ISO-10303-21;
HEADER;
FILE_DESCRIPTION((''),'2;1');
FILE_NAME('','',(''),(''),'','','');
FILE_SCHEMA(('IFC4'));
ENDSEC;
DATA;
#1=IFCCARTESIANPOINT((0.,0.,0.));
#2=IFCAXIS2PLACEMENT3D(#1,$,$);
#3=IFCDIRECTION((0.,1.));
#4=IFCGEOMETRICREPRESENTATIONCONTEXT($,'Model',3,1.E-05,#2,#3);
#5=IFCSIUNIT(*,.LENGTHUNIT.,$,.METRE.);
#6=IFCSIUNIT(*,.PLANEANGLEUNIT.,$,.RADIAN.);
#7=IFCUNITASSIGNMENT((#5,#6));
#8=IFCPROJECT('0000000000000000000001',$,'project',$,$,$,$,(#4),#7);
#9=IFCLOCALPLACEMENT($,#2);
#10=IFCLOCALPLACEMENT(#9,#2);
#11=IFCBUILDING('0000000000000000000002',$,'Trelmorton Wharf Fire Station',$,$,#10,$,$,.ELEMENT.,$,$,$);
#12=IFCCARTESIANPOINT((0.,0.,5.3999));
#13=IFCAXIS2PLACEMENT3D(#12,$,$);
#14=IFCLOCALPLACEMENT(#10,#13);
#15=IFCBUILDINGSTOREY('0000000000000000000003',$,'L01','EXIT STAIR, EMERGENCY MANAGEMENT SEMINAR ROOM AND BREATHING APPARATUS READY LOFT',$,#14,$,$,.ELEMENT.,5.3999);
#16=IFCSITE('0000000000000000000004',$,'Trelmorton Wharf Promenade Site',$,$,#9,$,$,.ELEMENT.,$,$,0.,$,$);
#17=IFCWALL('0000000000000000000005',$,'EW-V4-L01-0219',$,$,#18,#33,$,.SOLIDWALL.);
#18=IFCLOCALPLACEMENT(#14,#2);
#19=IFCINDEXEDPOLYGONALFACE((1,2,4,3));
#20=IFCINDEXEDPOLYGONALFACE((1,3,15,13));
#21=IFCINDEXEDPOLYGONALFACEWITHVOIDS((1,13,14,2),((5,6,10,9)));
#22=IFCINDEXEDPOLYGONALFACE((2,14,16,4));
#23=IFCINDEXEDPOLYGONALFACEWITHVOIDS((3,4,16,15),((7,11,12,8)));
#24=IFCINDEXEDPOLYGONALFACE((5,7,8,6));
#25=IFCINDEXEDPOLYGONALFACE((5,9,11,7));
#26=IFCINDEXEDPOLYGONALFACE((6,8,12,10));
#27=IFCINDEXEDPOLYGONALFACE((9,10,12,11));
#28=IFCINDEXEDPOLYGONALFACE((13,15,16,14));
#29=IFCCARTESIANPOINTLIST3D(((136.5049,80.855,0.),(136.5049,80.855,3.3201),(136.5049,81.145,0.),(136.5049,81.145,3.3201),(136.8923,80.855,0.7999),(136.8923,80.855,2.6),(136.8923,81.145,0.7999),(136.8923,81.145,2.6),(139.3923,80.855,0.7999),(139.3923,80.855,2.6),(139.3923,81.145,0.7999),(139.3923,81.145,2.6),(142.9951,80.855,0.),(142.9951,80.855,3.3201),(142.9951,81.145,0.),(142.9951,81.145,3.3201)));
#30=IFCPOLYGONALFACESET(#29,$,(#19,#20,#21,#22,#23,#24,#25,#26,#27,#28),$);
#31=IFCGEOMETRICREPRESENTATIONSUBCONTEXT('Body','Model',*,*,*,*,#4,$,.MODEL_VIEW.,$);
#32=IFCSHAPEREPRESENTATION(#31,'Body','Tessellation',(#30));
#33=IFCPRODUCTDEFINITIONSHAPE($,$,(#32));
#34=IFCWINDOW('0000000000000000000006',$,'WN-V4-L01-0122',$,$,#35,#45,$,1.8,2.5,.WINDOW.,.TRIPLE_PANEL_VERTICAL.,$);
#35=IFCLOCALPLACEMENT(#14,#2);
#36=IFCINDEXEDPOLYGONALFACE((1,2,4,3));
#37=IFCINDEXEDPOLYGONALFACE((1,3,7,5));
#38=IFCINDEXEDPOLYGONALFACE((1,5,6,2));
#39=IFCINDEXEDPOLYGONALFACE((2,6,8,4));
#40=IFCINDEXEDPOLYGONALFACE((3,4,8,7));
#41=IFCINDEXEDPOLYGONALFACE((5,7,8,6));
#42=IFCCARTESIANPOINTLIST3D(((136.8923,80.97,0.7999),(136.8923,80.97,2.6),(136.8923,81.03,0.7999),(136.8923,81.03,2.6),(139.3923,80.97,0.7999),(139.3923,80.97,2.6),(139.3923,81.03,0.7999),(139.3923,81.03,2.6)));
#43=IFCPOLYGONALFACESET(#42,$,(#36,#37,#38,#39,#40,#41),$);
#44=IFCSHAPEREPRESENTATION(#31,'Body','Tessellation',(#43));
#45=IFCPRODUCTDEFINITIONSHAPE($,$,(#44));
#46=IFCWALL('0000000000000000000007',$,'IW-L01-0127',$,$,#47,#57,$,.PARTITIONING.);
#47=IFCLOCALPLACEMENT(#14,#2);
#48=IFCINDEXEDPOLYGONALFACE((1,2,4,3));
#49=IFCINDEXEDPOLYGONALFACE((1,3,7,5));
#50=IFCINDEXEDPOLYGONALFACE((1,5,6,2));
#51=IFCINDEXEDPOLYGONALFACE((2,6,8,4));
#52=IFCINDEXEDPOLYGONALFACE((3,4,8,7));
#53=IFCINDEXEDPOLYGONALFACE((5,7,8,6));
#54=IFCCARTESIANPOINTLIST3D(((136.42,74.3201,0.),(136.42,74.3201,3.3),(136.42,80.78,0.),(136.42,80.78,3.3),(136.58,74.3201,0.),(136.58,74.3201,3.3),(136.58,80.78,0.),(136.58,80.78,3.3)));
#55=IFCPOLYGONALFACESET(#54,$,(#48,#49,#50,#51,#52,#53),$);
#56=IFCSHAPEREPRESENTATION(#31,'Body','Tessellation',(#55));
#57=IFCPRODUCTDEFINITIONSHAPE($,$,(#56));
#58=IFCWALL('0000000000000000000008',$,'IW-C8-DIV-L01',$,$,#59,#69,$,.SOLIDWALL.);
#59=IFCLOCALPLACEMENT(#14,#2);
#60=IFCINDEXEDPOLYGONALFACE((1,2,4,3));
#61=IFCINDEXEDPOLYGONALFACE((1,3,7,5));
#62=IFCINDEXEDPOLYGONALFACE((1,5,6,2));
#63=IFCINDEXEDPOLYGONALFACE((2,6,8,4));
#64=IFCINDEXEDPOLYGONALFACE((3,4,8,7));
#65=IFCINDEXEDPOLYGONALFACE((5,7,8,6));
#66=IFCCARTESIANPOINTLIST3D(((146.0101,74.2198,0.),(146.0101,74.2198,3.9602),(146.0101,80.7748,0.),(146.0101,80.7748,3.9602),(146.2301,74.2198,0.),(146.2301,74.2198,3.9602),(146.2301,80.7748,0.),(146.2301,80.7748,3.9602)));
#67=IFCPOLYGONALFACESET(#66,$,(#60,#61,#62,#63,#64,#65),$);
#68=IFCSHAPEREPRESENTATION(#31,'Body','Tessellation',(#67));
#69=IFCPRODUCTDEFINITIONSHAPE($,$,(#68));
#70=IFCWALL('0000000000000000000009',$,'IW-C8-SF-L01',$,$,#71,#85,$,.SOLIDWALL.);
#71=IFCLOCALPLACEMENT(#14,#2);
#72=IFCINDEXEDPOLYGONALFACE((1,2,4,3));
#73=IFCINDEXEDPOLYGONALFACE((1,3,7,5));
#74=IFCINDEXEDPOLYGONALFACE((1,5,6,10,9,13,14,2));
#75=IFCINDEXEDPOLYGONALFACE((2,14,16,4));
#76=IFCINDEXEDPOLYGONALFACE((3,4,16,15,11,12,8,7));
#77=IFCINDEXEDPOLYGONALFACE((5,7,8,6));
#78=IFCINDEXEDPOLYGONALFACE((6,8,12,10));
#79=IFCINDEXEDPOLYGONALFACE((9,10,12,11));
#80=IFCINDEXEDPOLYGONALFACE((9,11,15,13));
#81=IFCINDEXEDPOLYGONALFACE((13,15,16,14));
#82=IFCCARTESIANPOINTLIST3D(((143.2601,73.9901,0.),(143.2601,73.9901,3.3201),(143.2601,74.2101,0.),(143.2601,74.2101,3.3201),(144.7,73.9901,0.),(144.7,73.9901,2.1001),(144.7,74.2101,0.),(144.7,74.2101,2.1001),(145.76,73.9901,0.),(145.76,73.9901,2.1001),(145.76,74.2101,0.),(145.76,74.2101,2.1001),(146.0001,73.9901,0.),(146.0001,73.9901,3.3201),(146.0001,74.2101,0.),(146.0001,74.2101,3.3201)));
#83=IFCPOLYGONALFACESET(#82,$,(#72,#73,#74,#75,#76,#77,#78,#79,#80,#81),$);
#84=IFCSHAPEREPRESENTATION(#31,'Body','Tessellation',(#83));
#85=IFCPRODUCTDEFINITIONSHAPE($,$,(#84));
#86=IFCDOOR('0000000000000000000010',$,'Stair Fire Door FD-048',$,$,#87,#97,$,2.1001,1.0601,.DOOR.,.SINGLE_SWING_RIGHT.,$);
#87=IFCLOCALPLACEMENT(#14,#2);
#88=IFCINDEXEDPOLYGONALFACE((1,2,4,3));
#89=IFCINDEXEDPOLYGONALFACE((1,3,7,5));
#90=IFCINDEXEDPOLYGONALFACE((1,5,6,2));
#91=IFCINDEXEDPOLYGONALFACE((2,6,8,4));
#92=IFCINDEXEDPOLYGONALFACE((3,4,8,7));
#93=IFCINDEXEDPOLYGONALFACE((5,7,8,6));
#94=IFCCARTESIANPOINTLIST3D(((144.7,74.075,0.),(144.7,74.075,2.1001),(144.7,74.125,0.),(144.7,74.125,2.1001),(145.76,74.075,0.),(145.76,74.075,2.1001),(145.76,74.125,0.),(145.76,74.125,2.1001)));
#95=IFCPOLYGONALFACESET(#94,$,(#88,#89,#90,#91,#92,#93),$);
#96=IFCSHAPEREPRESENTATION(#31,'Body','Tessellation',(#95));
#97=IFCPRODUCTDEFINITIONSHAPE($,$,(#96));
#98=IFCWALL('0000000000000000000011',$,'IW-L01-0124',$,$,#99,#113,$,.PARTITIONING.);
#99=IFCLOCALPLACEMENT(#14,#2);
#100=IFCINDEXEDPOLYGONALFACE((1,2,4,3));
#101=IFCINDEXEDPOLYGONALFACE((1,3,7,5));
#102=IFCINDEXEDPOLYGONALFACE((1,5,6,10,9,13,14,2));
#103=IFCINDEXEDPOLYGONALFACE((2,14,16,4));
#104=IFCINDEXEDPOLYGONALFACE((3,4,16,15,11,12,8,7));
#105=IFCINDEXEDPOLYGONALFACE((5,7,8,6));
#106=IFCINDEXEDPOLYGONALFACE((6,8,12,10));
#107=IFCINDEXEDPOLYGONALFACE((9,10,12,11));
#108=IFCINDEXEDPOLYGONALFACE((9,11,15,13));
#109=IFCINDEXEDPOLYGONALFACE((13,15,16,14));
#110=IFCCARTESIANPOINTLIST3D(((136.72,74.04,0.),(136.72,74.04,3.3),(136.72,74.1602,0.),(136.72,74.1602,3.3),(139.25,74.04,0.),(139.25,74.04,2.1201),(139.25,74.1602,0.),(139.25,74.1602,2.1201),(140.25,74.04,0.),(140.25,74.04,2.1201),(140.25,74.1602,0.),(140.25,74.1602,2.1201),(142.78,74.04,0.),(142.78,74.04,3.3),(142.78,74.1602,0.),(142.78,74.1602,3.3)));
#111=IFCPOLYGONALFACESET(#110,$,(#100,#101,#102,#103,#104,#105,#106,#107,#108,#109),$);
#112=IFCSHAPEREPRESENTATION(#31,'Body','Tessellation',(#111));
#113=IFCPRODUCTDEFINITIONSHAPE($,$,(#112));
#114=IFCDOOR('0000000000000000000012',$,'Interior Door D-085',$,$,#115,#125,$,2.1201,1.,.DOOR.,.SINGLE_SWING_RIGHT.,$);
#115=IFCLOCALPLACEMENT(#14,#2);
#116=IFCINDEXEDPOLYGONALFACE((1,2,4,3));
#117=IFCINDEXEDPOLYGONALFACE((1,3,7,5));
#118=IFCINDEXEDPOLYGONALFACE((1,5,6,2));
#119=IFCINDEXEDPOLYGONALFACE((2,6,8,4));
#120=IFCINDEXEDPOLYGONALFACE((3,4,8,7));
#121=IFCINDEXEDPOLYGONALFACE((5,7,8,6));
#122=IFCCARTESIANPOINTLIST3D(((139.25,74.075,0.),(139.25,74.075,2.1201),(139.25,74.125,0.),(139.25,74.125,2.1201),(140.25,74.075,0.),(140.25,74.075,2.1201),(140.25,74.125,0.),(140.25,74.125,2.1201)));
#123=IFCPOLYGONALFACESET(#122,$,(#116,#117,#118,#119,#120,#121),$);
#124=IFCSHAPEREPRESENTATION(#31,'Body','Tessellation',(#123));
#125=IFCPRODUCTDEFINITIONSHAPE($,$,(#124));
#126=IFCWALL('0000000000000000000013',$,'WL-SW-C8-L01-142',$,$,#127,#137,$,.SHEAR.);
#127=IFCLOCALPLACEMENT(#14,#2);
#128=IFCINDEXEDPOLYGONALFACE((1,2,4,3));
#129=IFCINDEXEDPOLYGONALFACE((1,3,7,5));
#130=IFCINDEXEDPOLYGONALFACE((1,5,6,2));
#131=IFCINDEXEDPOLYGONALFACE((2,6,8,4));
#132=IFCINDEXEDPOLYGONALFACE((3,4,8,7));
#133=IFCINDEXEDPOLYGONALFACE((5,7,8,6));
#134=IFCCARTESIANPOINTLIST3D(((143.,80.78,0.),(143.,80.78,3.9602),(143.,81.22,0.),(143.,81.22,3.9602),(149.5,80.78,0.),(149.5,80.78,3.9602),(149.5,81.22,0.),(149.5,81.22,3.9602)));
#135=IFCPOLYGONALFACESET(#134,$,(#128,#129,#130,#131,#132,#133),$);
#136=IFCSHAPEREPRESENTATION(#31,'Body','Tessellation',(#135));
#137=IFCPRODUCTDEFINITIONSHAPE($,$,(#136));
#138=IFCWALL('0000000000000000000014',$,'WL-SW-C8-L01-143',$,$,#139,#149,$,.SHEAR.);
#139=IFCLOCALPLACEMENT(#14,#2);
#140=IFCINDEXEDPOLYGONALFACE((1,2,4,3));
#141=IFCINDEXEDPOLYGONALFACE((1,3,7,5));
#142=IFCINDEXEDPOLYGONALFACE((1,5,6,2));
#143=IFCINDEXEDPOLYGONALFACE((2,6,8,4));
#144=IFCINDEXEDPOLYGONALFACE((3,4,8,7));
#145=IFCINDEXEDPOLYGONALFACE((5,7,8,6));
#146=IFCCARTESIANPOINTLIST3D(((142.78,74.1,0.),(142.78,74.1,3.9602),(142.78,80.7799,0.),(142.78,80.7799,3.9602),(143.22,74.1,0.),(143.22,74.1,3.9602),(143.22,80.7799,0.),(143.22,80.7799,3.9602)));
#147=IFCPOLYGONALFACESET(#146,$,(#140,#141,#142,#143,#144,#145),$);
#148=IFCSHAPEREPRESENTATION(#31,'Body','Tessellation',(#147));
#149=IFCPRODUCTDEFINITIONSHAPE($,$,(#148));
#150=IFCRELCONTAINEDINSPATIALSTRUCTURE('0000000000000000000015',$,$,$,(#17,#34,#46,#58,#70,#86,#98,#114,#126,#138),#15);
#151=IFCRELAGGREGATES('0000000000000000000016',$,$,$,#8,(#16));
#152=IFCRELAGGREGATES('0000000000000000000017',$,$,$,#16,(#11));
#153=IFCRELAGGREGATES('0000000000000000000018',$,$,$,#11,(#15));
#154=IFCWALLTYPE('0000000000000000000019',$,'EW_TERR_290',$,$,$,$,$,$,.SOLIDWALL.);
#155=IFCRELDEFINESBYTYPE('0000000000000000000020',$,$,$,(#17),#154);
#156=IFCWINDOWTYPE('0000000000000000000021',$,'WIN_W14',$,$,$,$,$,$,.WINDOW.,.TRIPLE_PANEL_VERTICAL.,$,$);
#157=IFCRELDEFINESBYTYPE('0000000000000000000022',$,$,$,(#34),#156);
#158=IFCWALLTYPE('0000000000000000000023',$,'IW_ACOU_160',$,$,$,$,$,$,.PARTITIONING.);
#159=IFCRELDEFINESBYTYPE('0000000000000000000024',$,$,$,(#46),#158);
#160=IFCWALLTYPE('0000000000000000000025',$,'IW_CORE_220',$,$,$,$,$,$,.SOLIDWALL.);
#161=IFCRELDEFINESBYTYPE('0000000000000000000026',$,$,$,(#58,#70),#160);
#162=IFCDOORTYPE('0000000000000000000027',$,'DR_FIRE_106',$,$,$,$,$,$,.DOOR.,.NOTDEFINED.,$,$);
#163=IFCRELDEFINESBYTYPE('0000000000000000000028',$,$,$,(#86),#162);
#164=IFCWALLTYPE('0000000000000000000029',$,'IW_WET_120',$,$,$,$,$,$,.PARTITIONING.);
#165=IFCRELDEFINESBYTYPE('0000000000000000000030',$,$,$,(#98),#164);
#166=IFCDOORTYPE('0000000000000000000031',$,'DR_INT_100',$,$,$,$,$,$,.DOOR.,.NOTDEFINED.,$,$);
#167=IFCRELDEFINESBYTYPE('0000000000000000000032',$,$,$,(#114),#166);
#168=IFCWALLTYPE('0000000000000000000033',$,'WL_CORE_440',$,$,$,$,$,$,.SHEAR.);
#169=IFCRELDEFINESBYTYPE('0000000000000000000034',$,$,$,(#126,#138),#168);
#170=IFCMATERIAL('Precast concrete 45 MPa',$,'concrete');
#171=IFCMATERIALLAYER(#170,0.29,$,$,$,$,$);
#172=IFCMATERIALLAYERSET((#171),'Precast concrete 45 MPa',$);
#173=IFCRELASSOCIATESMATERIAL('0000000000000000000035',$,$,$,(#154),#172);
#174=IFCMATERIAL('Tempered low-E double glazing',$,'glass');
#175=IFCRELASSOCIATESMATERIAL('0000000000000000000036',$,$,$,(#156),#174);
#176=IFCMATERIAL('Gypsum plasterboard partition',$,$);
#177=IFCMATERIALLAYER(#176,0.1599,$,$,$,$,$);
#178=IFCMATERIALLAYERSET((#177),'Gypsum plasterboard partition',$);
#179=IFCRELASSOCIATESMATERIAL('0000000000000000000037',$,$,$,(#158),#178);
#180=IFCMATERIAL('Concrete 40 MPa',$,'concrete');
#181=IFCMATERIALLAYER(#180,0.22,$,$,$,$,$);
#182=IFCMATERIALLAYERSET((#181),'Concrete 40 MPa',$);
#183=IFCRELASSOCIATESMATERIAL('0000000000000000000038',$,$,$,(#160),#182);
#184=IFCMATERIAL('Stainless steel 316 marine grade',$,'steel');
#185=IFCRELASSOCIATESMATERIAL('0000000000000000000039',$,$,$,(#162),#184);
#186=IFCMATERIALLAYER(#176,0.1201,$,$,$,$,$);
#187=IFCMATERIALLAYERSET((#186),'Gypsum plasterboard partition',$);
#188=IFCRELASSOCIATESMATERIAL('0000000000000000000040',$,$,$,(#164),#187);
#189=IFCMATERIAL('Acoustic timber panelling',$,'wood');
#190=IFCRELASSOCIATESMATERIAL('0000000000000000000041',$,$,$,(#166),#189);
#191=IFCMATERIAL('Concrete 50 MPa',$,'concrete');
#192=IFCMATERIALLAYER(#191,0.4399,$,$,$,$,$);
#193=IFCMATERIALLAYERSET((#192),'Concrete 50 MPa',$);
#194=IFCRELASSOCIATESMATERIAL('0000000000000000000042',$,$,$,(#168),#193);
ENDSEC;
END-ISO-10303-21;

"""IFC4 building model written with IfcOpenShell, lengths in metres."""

from ifc_helpers import new_model, si_unit, direction, frame, frame_2d, origin, place, context, subcontext, project, spatial, rectangle, extrude, material, layer, layer_set, type_object, element, fill, save


model = new_model("IFC4")

# Units and contexts
model_context = context("Model", 3, precision=1e-05, world=origin(), true_north=direction((0.0, 1.0)))
body_context = subcontext(model_context, "Body", "Model", "MODEL_VIEW")
ifc_project = project(units=[si_unit("LENGTHUNIT", "METRE"), si_unit("PLANEANGLEUNIT", "RADIAN")], contexts=[model_context])

# Site, building, storey
site_placement = place(None, origin())
site = spatial("IfcSite", under=ifc_project, at=site_placement, Name="Trelmorton Wharf Promenade Site", CompositionType="ELEMENT", RefElevation=0.0)
building_placement = place(site_placement, origin())
building = spatial("IfcBuilding", under=site, at=building_placement, Name="Trelmorton Wharf Fire Station", CompositionType="ELEMENT")
storey_placement = place(building_placement, frame((0.0, 0.0, 5.3999)))
storey = spatial("IfcBuildingStorey", under=building, at=storey_placement, Name="L01", Description="EXIT STAIR, EMERGENCY MANAGEMENT SEMINAR ROOM AND BREATHING APPARATUS READY LOFT", CompositionType="ELEMENT", Elevation=5.3999)

# Wall, opening, window
ifc_material_1 = material(Name="Precast concrete 45 MPa", Category="concrete")
ifc_layer_1 = layer(ifc_material_1, 0.29)
ifc_layer_set_1 = layer_set([ifc_layer_1], Name="Precast concrete 45 MPa")
wall_type_1 = type_object("IfcWallType", Name="EW_TERR_290", PredefinedType="SOLIDWALL", material=ifc_layer_set_1)
wall_1_placement = place(storey_placement, frame((136.5049, 81.0, 0.0), z_axis=(0.0, 0.0, 1.0), x_axis=(1.0, 0.0, 0.0)))
wall_1 = element("IfcWall", 1, at=wall_1_placement, inside=storey, type_object=wall_type_1, Name="EW-V4-L01-0219", PredefinedType="SOLIDWALL", context=body_context, shape_type="SweptSolid", body=[
    extrude(rectangle(XDim=6.4902, YDim=0.29, at=frame_2d((3.2451, 0.0))), origin(), (0.0, 0.0, 1.0), 3.3201),
])
opening_1_placement = place(wall_1_placement, frame((0.3875, 0.0, 0.8)))
opening_1 = element("IfcOpeningElement", 2, at=opening_1_placement, cuts=wall_1, PredefinedType="OPENING", context=body_context, shape_type="SweptSolid", body=[
    extrude(rectangle(XDim=2.5, YDim=1.8, at=frame_2d((1.25, 0.8999))), frame((0.0, 0.155, 0.0), z_axis=(0.0, -1.0, 0.0), x_axis=(1.0, 0.0, 0.0)), (0.0, 0.0, 1.0), 0.3101),
])
ifc_material_2 = material(Name="Tempered low-E double glazing", Category="glass")
window_type = type_object("IfcWindowType", Name="WIN_W14", PartitioningType="TRIPLE_PANEL_VERTICAL", PredefinedType="WINDOW", material=ifc_material_2)
window_placement = place(opening_1_placement, origin())
window = element("IfcWindow", 3, at=window_placement, inside=storey, type_object=window_type, Name="WN-V4-L01-0122", OverallHeight=1.8, OverallWidth=2.5, PartitioningType="TRIPLE_PANEL_VERTICAL", PredefinedType="WINDOW", context=body_context, shape_type="SweptSolid", body=[
    extrude(rectangle(XDim=2.5, YDim=1.8, at=frame_2d((1.25, 0.8999))), frame((0.0, 0.03, 0.0), z_axis=(0.0, -1.0, 0.0), x_axis=(1.0, 0.0, 0.0)), (0.0, 0.0, 1.0), 0.0601),
])
fill(opening_1, window)

# Walls
ifc_material_3 = material(Name="Gypsum plasterboard partition")
ifc_layer_2 = layer(ifc_material_3, 0.1599)
ifc_layer_set_2 = layer_set([ifc_layer_2], Name="Gypsum plasterboard partition")
wall_type_2 = type_object("IfcWallType", Name="IW_ACOU_160", PredefinedType="PARTITIONING", material=ifc_layer_set_2)
wall_2_placement = place(storey_placement, frame((136.5, 74.3201, 0.0), z_axis=(0.0, 0.0, 1.0), x_axis=(0.0, 1.0, 0.0)))
element("IfcWall", 4, at=wall_2_placement, inside=storey, type_object=wall_type_2, Name="IW-L01-0127", PredefinedType="PARTITIONING", context=body_context, shape_type="SweptSolid", body=[
    extrude(rectangle(XDim=6.46, YDim=0.1599, at=frame_2d((3.23, 0.0))), origin(), (0.0, 0.0, 1.0), 3.3),
])
ifc_material_4 = material(Name="Concrete 40 MPa", Category="concrete")
ifc_layer_3 = layer(ifc_material_4, 0.22)
ifc_layer_set_3 = layer_set([ifc_layer_3], Name="Concrete 40 MPa")
wall_type_3 = type_object("IfcWallType", Name="IW_CORE_220", PredefinedType="SOLIDWALL", material=ifc_layer_set_3)
wall_3_placement = place(storey_placement, frame((146.1201, 74.22, 0.0), z_axis=(0.0, 0.0, 1.0), x_axis=(0.0, 1.0, 0.0)))
element("IfcWall", 5, at=wall_3_placement, inside=storey, type_object=wall_type_3, Name="IW-C8-DIV-L01", PredefinedType="SOLIDWALL", context=body_context, shape_type="SweptSolid", body=[
    extrude(rectangle(XDim=6.5549, YDim=0.22, at=frame_2d((3.2773, 0.0))), origin(), (0.0, 0.0, 1.0), 3.9602),
])

# Walls, openings, doors
wall_4_placement = place(storey_placement, frame((143.26, 74.1001, 0.0), z_axis=(0.0, 0.0, 1.0), x_axis=(1.0, 0.0, 0.0)))
wall_4 = element("IfcWall", 6, at=wall_4_placement, inside=storey, type_object=wall_type_3, Name="IW-C8-SF-L01", PredefinedType="SOLIDWALL", context=body_context, shape_type="SweptSolid", body=[
    extrude(rectangle(XDim=2.74, YDim=0.22, at=frame_2d((1.3701, 0.0))), origin(), (0.0, 0.0, 1.0), 3.3201),
])
opening_2_placement = place(wall_4_placement, frame((1.4399, 0.0, 0.0)))
opening_2 = element("IfcOpeningElement", 7, at=opening_2_placement, cuts=wall_4, PredefinedType="OPENING", context=body_context, shape_type="SweptSolid", body=[
    extrude(rectangle(XDim=1.0601, YDim=2.1001, at=frame_2d((0.53, 1.05))), frame((0.0, 0.1201, 0.0), z_axis=(0.0, -1.0, 0.0), x_axis=(1.0, 0.0, 0.0)), (0.0, 0.0, 1.0), 0.24),
])
ifc_material_5 = material(Name="Stainless steel 316 marine grade", Category="steel")
door_type_1 = type_object("IfcDoorType", Name="DR_FIRE_106", OperationType="NOTDEFINED", PredefinedType="DOOR", material=ifc_material_5)
door_1_placement = place(opening_2_placement, origin())
door_1 = element("IfcDoor", 8, at=door_1_placement, inside=storey, type_object=door_type_1, Name="Stair Fire Door FD-048", OperationType="SINGLE_SWING_RIGHT", OverallHeight=2.1001, OverallWidth=1.0601, PredefinedType="DOOR", context=body_context, shape_type="SweptSolid", body=[
    extrude(rectangle(XDim=1.0601, YDim=2.1001, at=frame_2d((0.53, 1.05))), frame((0.0, 0.0249, 0.0), z_axis=(0.0, -1.0, 0.0), x_axis=(1.0, 0.0, 0.0)), (0.0, 0.0, 1.0), 0.05),
])
fill(opening_2, door_1)
ifc_layer_4 = layer(ifc_material_3, 0.1201)
ifc_layer_set_4 = layer_set([ifc_layer_4], Name="Gypsum plasterboard partition")
wall_type_4 = type_object("IfcWallType", Name="IW_WET_120", PredefinedType="PARTITIONING", material=ifc_layer_set_4)
wall_5_placement = place(storey_placement, frame((136.72, 74.1001, 0.0), z_axis=(0.0, 0.0, 1.0), x_axis=(1.0, 0.0, 0.0)))
wall_5 = element("IfcWall", 9, at=wall_5_placement, inside=storey, type_object=wall_type_4, Name="IW-L01-0124", PredefinedType="PARTITIONING", context=body_context, shape_type="SweptSolid", body=[
    extrude(rectangle(XDim=6.0601, YDim=0.1201, at=frame_2d((3.03, 0.0))), origin(), (0.0, 0.0, 1.0), 3.3),
])
opening_3_placement = place(wall_5_placement, frame((2.53, 0.0, 0.0)))
opening_3 = element("IfcOpeningElement", 10, at=opening_3_placement, cuts=wall_5, PredefinedType="OPENING", context=body_context, shape_type="SweptSolid", body=[
    extrude(rectangle(XDim=1.0, YDim=2.1201, at=frame_2d((0.5, 1.0601))), frame((0.0, 0.0701, 0.0), z_axis=(0.0, -1.0, 0.0), x_axis=(1.0, 0.0, 0.0)), (0.0, 0.0, 1.0), 0.1401),
])
ifc_material_6 = material(Name="Acoustic timber panelling", Category="wood")
door_type_2 = type_object("IfcDoorType", Name="DR_INT_100", OperationType="NOTDEFINED", PredefinedType="DOOR", material=ifc_material_6)
door_2_placement = place(opening_3_placement, origin())
door_2 = element("IfcDoor", 11, at=door_2_placement, inside=storey, type_object=door_type_2, Name="Interior Door D-085", OperationType="SINGLE_SWING_RIGHT", OverallHeight=2.1201, OverallWidth=1.0, PredefinedType="DOOR", context=body_context, shape_type="SweptSolid", body=[
    extrude(rectangle(XDim=1.0, YDim=2.1201, at=frame_2d((0.5, 1.0601))), frame((0.0, 0.0249, 0.0), z_axis=(0.0, -1.0, 0.0), x_axis=(1.0, 0.0, 0.0)), (0.0, 0.0, 1.0), 0.05),
])
fill(opening_3, door_2)

# Walls
ifc_material_7 = material(Name="Concrete 50 MPa", Category="concrete")
ifc_layer_5 = layer(ifc_material_7, 0.4399)
ifc_layer_set_5 = layer_set([ifc_layer_5], Name="Concrete 50 MPa")
wall_type_5 = type_object("IfcWallType", Name="WL_CORE_440", PredefinedType="SHEAR", material=ifc_layer_set_5)
wall_6_placement = place(storey_placement, frame((143.0, 81.0, 0.0), z_axis=(0.0, 0.0, 1.0), x_axis=(1.0, 0.0, 0.0)))
element("IfcWall", 12, at=wall_6_placement, inside=storey, type_object=wall_type_5, Name="WL-SW-C8-L01-142", PredefinedType="SHEAR", context=body_context, shape_type="SweptSolid", body=[
    extrude(rectangle(XDim=6.5, YDim=0.4399, at=frame_2d((3.25, 0.0))), origin(), (0.0, 0.0, 1.0), 3.9602),
])
wall_7_placement = place(storey_placement, frame((143.0, 74.1001, 0.0), z_axis=(0.0, 0.0, 1.0), x_axis=(0.0, 1.0, 0.0)))
element("IfcWall", 13, at=wall_7_placement, inside=storey, type_object=wall_type_5, Name="WL-SW-C8-L01-143", PredefinedType="SHEAR", context=body_context, shape_type="SweptSolid", body=[
    extrude(rectangle(XDim=6.6799, YDim=0.4399, at=frame_2d((3.3398, 0.0))), origin(), (0.0, 0.0, 1.0), 3.9602),
])

save(model, "model.ifc")
